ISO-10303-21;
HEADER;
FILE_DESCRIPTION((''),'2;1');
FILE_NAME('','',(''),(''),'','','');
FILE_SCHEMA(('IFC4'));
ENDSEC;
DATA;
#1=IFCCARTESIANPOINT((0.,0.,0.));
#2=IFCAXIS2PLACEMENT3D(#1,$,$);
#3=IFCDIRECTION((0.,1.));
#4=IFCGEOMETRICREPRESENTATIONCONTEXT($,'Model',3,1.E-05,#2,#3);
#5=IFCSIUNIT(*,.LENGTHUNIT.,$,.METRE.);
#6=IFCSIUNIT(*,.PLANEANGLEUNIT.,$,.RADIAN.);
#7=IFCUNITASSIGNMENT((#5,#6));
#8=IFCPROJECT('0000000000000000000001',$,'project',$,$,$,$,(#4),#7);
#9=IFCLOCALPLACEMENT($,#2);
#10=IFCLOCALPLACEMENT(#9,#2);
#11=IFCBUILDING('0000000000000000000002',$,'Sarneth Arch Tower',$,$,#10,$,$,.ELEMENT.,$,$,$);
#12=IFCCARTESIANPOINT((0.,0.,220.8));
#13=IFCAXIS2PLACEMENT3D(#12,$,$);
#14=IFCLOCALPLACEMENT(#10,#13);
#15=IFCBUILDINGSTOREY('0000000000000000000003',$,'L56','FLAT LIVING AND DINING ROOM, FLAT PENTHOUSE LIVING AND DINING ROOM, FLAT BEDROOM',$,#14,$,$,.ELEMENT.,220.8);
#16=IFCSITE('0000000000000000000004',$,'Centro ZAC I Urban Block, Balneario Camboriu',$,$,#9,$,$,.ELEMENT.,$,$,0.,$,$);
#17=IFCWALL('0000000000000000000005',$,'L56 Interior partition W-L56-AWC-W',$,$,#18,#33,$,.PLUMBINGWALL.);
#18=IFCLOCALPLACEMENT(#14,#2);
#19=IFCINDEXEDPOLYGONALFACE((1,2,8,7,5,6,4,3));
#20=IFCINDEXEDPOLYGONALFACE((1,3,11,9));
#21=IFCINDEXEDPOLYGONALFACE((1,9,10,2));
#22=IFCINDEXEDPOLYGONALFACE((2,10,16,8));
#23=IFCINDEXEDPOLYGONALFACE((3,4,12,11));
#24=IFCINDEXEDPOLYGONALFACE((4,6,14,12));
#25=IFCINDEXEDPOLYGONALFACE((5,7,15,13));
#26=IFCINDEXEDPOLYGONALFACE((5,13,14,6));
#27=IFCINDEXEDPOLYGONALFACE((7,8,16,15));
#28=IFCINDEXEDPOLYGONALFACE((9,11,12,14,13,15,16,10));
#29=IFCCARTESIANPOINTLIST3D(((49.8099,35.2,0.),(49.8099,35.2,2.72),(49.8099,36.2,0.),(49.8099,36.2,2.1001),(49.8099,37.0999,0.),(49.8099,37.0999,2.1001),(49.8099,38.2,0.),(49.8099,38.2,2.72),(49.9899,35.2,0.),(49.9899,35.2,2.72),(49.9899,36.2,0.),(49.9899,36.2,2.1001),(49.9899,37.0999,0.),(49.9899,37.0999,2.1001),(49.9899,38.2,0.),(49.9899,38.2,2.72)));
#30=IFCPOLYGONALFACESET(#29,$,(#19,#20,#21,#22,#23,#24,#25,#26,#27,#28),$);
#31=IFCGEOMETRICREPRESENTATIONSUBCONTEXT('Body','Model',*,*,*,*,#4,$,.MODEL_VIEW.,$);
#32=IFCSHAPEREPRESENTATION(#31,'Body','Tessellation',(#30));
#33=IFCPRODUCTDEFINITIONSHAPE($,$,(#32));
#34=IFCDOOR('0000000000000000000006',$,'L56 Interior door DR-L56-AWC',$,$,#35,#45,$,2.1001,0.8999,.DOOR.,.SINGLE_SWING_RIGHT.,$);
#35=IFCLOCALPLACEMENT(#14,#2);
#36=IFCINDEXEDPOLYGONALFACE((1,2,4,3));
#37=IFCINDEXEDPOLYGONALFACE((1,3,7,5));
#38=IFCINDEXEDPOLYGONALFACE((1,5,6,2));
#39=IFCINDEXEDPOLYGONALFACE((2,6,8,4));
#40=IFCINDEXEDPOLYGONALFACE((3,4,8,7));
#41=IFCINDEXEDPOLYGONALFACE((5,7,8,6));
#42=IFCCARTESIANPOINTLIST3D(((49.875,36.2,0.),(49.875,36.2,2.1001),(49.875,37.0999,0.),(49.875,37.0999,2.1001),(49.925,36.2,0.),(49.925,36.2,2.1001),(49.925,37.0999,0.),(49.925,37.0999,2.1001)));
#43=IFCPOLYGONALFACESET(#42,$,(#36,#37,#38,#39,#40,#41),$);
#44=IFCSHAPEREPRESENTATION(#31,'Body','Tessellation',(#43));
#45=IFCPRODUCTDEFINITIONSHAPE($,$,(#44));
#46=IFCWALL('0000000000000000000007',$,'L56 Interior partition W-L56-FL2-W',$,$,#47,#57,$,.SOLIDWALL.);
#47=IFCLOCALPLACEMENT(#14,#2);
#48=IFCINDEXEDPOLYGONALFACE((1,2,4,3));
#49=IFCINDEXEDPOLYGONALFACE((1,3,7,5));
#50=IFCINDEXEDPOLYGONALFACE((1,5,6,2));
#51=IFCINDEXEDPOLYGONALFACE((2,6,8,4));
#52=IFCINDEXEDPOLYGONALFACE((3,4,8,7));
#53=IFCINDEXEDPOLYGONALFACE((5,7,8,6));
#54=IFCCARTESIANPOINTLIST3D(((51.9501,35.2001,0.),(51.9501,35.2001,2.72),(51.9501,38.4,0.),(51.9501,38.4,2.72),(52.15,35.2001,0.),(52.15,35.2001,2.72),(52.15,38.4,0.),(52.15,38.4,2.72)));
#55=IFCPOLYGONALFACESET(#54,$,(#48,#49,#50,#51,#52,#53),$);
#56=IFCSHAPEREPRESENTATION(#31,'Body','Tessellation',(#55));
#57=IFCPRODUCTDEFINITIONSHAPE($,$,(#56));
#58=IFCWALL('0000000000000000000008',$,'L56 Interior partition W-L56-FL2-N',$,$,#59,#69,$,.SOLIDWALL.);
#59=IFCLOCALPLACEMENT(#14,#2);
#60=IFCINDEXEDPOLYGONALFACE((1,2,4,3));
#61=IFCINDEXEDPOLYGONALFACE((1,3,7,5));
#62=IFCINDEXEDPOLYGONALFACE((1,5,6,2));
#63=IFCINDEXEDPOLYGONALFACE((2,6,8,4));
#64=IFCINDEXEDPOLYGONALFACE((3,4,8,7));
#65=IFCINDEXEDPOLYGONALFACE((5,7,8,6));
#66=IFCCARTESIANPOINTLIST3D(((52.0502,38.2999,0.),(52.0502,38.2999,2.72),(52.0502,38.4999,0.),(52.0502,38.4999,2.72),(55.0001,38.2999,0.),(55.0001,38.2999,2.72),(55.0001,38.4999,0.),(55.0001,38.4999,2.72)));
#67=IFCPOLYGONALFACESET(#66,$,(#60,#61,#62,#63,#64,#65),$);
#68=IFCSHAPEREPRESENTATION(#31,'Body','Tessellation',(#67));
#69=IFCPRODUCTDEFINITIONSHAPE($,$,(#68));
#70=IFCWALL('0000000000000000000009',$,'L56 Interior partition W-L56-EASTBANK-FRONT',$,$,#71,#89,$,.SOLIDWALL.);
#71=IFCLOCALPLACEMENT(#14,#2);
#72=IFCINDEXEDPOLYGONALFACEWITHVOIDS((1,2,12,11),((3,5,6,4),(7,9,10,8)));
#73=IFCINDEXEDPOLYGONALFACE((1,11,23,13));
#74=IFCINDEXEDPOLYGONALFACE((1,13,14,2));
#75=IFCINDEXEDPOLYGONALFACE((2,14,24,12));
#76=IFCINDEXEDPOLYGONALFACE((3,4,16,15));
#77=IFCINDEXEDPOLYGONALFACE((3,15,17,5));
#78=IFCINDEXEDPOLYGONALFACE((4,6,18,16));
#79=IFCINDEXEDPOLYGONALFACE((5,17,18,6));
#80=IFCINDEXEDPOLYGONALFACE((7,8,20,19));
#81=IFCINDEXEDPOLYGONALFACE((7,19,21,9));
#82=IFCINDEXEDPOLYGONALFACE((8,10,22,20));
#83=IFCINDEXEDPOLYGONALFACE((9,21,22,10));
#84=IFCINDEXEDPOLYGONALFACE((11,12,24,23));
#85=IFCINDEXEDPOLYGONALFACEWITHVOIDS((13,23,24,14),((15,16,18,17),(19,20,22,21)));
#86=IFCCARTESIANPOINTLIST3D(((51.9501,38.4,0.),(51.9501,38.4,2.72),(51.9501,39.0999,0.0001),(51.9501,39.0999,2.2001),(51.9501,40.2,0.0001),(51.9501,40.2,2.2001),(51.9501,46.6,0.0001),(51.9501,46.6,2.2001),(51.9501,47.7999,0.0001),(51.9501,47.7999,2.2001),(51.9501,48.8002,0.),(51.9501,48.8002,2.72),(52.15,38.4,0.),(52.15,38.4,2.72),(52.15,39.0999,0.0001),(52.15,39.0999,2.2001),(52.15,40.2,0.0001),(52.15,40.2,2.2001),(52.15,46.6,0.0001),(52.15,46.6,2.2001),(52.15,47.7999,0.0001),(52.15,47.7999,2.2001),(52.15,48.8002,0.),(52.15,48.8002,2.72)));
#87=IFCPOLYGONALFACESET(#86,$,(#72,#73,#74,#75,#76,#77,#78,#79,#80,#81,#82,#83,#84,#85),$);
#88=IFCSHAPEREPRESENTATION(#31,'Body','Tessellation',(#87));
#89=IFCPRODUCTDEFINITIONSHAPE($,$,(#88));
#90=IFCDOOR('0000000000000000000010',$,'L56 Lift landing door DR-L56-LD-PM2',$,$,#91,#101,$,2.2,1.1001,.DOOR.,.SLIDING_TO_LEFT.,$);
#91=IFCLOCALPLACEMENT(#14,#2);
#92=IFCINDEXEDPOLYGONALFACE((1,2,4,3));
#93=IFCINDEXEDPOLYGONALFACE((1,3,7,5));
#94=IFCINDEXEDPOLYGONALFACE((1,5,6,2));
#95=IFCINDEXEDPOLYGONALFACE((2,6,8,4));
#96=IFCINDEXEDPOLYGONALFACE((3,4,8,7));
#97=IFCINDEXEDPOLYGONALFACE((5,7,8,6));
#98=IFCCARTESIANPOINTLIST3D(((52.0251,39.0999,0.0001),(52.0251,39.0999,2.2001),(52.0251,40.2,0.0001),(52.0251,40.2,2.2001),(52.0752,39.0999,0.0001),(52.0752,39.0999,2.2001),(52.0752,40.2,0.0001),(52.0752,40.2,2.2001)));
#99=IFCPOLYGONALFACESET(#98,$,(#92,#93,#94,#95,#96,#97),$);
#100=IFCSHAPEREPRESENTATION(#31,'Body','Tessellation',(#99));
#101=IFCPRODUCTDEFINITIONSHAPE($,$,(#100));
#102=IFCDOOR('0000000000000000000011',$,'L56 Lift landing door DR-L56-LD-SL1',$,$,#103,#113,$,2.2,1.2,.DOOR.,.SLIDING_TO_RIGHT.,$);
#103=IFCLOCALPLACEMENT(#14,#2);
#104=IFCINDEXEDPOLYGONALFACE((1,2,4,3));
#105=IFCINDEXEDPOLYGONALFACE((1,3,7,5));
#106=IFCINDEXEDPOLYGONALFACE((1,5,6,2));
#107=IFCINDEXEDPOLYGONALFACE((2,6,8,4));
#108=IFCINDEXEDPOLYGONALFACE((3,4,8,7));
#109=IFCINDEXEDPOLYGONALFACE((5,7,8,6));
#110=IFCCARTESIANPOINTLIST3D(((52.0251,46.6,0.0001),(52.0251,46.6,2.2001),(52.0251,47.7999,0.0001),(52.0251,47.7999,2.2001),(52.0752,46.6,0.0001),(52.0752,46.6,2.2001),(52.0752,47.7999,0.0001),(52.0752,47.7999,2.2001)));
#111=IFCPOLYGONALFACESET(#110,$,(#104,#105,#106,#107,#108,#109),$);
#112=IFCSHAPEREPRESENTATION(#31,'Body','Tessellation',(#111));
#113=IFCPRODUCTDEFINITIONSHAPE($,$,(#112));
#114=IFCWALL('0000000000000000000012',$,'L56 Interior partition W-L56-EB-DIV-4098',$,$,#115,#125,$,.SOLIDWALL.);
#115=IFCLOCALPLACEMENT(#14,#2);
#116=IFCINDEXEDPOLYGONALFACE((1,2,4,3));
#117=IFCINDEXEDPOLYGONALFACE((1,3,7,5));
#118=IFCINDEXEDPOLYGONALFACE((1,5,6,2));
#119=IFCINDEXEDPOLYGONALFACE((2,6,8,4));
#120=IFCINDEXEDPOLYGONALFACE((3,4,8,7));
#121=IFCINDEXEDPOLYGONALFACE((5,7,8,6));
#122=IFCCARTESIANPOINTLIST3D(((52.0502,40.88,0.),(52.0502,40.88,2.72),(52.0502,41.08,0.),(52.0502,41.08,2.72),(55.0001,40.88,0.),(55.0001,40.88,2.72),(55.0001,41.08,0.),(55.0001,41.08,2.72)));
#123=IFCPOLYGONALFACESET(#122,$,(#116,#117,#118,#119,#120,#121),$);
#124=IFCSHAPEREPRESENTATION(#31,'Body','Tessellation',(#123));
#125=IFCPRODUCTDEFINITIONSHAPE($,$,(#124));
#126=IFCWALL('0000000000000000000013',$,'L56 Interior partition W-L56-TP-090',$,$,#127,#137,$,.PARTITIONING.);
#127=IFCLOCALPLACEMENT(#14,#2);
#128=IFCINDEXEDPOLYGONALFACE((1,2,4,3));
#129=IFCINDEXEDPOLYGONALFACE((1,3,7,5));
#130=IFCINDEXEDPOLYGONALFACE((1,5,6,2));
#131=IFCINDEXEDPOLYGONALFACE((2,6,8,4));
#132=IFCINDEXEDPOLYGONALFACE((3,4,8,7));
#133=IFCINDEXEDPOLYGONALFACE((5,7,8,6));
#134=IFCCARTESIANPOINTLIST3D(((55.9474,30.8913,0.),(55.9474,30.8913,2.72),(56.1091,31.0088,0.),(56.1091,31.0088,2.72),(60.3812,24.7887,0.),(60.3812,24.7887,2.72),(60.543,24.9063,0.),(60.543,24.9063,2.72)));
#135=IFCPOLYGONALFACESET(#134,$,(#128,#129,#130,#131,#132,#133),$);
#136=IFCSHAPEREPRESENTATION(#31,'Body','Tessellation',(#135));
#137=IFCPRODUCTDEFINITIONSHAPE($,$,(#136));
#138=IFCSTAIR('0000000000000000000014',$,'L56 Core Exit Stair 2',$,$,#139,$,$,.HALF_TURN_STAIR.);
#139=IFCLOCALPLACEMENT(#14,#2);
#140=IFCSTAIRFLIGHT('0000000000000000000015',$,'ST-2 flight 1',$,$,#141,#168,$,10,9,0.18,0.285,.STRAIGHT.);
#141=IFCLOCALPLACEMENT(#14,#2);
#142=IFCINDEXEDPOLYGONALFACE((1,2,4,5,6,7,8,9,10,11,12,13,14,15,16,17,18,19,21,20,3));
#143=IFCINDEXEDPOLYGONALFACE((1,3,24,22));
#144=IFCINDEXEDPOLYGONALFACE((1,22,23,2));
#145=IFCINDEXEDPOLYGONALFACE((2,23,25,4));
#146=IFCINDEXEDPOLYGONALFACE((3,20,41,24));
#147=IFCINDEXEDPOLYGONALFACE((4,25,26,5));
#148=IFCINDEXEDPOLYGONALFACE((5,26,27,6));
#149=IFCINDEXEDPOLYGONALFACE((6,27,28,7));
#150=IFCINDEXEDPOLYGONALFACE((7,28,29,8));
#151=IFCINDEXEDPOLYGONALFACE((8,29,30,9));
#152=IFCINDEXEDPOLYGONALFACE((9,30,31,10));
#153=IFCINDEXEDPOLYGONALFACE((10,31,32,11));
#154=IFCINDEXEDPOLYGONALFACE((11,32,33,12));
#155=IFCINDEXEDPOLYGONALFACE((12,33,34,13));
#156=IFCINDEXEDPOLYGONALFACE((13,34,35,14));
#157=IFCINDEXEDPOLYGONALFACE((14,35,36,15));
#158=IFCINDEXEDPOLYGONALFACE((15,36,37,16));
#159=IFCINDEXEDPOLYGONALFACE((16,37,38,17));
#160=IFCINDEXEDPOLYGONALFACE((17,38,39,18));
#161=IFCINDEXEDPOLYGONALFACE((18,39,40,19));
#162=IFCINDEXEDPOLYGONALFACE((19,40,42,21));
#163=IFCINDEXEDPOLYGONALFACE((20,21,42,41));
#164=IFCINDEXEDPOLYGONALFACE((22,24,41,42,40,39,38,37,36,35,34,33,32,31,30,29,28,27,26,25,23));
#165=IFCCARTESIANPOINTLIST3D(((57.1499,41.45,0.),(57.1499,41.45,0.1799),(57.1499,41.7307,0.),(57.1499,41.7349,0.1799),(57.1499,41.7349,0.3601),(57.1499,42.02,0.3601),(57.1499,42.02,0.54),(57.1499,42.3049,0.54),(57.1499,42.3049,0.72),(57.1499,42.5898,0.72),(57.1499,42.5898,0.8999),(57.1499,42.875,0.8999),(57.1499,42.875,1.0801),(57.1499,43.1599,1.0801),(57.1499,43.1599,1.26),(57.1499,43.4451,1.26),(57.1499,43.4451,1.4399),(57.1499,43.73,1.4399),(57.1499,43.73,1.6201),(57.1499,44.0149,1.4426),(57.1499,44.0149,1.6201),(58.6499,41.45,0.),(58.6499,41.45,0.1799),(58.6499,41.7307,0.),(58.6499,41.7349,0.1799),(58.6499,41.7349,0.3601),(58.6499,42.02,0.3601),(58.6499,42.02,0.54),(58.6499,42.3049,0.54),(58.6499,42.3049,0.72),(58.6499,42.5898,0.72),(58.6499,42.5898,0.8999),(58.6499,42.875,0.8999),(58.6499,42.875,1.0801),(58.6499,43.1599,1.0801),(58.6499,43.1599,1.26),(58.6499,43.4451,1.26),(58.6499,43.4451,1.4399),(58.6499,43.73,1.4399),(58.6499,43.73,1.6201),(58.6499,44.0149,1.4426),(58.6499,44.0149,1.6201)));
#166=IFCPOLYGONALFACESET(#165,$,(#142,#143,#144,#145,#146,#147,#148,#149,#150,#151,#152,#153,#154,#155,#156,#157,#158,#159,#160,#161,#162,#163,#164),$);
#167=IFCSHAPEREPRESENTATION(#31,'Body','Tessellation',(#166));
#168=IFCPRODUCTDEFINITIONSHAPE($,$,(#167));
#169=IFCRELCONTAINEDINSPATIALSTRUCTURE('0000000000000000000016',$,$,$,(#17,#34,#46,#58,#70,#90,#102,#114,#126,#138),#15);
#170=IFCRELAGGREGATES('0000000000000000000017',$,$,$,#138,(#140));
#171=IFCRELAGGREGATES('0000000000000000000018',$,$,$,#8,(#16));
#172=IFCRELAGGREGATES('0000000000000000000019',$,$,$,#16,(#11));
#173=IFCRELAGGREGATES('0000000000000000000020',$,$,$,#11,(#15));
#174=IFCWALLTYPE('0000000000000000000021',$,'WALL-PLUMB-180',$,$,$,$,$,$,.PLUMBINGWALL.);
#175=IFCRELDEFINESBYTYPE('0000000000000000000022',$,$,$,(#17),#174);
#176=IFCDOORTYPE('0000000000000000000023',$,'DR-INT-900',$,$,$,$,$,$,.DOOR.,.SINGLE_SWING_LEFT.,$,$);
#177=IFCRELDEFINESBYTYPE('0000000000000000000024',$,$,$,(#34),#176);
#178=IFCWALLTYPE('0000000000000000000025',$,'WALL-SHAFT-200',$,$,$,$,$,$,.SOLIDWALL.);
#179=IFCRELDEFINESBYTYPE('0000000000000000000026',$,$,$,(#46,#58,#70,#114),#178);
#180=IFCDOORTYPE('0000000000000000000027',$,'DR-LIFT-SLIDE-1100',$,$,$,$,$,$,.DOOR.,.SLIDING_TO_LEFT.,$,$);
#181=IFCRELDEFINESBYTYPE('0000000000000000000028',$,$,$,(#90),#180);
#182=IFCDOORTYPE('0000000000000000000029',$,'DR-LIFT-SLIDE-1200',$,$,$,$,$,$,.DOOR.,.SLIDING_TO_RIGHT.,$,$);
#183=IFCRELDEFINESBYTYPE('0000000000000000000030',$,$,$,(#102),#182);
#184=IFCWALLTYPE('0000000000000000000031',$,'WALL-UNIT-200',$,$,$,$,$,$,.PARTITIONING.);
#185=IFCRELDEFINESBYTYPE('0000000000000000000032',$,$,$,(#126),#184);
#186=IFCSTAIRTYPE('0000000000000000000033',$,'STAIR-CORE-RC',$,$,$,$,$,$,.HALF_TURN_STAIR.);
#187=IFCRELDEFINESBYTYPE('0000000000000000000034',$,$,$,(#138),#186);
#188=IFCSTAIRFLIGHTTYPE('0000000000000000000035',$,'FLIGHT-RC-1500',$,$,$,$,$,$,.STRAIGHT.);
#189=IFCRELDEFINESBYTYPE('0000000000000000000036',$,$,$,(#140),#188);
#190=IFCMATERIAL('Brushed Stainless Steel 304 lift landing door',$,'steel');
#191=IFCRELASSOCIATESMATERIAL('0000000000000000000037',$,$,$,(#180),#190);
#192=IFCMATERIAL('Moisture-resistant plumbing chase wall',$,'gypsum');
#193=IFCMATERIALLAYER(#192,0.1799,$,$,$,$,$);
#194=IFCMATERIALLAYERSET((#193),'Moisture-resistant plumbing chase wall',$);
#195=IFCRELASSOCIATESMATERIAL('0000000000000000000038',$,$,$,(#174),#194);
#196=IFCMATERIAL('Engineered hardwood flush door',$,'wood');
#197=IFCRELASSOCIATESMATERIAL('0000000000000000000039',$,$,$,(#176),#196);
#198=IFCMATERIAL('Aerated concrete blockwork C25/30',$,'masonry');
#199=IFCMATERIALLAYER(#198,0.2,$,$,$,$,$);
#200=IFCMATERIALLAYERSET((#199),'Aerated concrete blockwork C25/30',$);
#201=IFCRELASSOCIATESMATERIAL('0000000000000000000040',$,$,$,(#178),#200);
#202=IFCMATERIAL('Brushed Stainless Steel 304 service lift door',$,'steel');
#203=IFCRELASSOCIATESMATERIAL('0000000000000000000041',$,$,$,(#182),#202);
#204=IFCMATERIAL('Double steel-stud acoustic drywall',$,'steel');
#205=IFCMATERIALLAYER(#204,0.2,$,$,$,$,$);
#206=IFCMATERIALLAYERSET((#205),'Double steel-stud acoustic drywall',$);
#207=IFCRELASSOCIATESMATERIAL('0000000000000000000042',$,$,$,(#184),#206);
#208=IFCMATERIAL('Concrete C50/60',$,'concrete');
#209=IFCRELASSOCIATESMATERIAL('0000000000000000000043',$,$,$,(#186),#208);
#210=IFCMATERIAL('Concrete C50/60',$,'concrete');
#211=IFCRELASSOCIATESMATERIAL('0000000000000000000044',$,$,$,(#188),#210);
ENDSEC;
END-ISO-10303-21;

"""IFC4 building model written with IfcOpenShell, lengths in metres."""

from ifc_helpers import new_model, si_unit, direction, frame, frame_2d, origin, place, context, subcontext, project, spatial, polyline, rectangle, outline, extrude, material, layer, layer_set, type_object, element, fill, aggregate, save


model = new_model("IFC4")

# Units and contexts
model_context = context("Model", 3, precision=1e-05, world=origin(), true_north=direction((0.0, 1.0)))
body_context = subcontext(model_context, "Body", "Model", "MODEL_VIEW")
ifc_project = project(units=[si_unit("LENGTHUNIT", "METRE"), si_unit("PLANEANGLEUNIT", "RADIAN")], contexts=[model_context])

# Site, building, storey
site_placement = place(None, origin())
site = spatial("IfcSite", under=ifc_project, at=site_placement, Name="Centro ZAC I Urban Block, Balneario Camboriu", CompositionType="ELEMENT", RefElevation=0.0)
building_placement = place(site_placement, origin())
building = spatial("IfcBuilding", under=site, at=building_placement, Name="Sarneth Arch Tower", CompositionType="ELEMENT")
storey_placement = place(building_placement, frame((0.0, 0.0, 220.8)))
storey = spatial("IfcBuildingStorey", under=building, at=storey_placement, Name="L56", Description="FLAT LIVING AND DINING ROOM, FLAT PENTHOUSE LIVING AND DINING ROOM, FLAT BEDROOM", CompositionType="ELEMENT", Elevation=220.8)

# Shared definitions
ifc_material_1 = material(Name="Brushed Stainless Steel 304 lift landing door", Category="steel")
door_type_1 = type_object("IfcDoorType", Name="DR-LIFT-SLIDE-1100", OperationType="SLIDING_TO_LEFT", PredefinedType="DOOR", material=ifc_material_1)

# Shared definitions
ifc_material_2 = material(Name="Moisture-resistant plumbing chase wall", Category="gypsum")
ifc_layer_1 = layer(ifc_material_2, 0.1799)
ifc_layer_set_1 = layer_set([ifc_layer_1], Name="Moisture-resistant plumbing chase wall")
wall_type_1 = type_object("IfcWallType", Name="WALL-PLUMB-180", PredefinedType="PLUMBINGWALL", material=ifc_layer_set_1)

# Wall, opening, door
wall_1_placement = place(storey_placement, frame((49.8999, 35.2, 0.0), z_axis=(0.0, 0.0, 1.0), x_axis=(0.0, 1.0, 0.0)))
wall_1 = element("IfcWall", 1, at=wall_1_placement, inside=storey, type_object=wall_type_1, Name="L56 Interior partition W-L56-AWC-W", PredefinedType="PLUMBINGWALL", context=body_context, shape_type="SweptSolid", body=[
    extrude(rectangle(XDim=3.0, YDim=0.1799, at=frame_2d((1.5, 0.0))), origin(), (0.0, 0.0, 1.0), 2.72),
])
opening_1_placement = place(wall_1_placement, frame((1.0, 0.0, 0.0)))
opening_1 = element("IfcOpeningElement", 2, at=opening_1_placement, cuts=wall_1, PredefinedType="OPENING", context=body_context, shape_type="SweptSolid", body=[
    extrude(rectangle(XDim=0.8999, YDim=2.1001, at=frame_2d((0.45, 1.05))), frame((0.0, 0.0999, 0.0), z_axis=(0.0, -1.0, 0.0), x_axis=(1.0, 0.0, 0.0)), (0.0, 0.0, 1.0), 0.2),
])
ifc_material_3 = material(Name="Engineered hardwood flush door", Category="wood")
door_type_2 = type_object("IfcDoorType", Name="DR-INT-900", OperationType="SINGLE_SWING_LEFT", PredefinedType="DOOR", material=ifc_material_3)
door_1_placement = place(opening_1_placement, origin())
door_1 = element("IfcDoor", 3, at=door_1_placement, inside=storey, type_object=door_type_2, Name="L56 Interior door DR-L56-AWC", OperationType="SINGLE_SWING_RIGHT", OverallHeight=2.1001, OverallWidth=0.8999, PredefinedType="DOOR", context=body_context, shape_type="SweptSolid", body=[
    extrude(rectangle(XDim=0.8999, YDim=2.1001, at=frame_2d((0.45, 1.05))), frame((0.0, 0.0249, 0.0), z_axis=(0.0, -1.0, 0.0), x_axis=(1.0, 0.0, 0.0)), (0.0, 0.0, 1.0), 0.05),
])
fill(opening_1, door_1)
ifc_material_4 = material(Name="Aerated concrete blockwork C25/30", Category="masonry")
ifc_layer_2 = layer(ifc_material_4, 0.2)
ifc_layer_set_2 = layer_set([ifc_layer_2], Name="Aerated concrete blockwork C25/30")
wall_type_2 = type_object("IfcWallType", Name="WALL-SHAFT-200", PredefinedType="SOLIDWALL", material=ifc_layer_set_2)

# Walls
wall_2_placement = place(storey_placement, frame((52.05, 35.2, 0.0), z_axis=(0.0, 0.0, 1.0), x_axis=(0.0, 1.0, 0.0)))
element("IfcWall", 4, at=wall_2_placement, inside=storey, type_object=wall_type_2, Name="L56 Interior partition W-L56-FL2-W", PredefinedType="SOLIDWALL", context=body_context, shape_type="SweptSolid", body=[
    extrude(rectangle(XDim=3.2, YDim=0.2, at=frame_2d((1.6001, 0.0))), origin(), (0.0, 0.0, 1.0), 2.72),
])
wall_3_placement = place(storey_placement, frame((52.05, 38.3999, 0.0), z_axis=(0.0, 0.0, 1.0), x_axis=(1.0, 0.0, 0.0)))
element("IfcWall", 5, at=wall_3_placement, inside=storey, type_object=wall_type_2, Name="L56 Interior partition W-L56-FL2-N", PredefinedType="SOLIDWALL", context=body_context, shape_type="SweptSolid", body=[
    extrude(rectangle(XDim=2.95, YDim=0.2, at=frame_2d((1.4751, 0.0))), origin(), (0.0, 0.0, 1.0), 2.72),
])

# Wall, openings, doors
wall_4_placement = place(storey_placement, frame((52.05, 38.3999, 0.0), z_axis=(0.0, 0.0, 1.0), x_axis=(0.0, 1.0, 0.0)))
wall_4 = element("IfcWall", 6, at=wall_4_placement, inside=storey, type_object=wall_type_2, Name="L56 Interior partition W-L56-EASTBANK-FRONT", PredefinedType="SOLIDWALL", context=body_context, shape_type="SweptSolid", body=[
    extrude(rectangle(XDim=10.4001, YDim=0.2, at=frame_2d((5.2002, 0.0))), origin(), (0.0, 0.0, 1.0), 2.72),
])
opening_2_placement = place(wall_4_placement, frame((0.7, 0.0, 0.0)))
opening_2 = element("IfcOpeningElement", 7, at=opening_2_placement, cuts=wall_4, PredefinedType="OPENING", context=body_context, shape_type="SweptSolid", body=[
    extrude(rectangle(XDim=1.1001, YDim=2.2, at=frame_2d((0.55, 1.1001))), frame((0.0, 0.1099, 0.0), z_axis=(0.0, -1.0, 0.0), x_axis=(1.0, 0.0, 0.0)), (0.0, 0.0, 1.0), 0.22),
])
opening_3_placement = place(wall_4_placement, frame((8.2, 0.0, 0.0)))
opening_3 = element("IfcOpeningElement", 8, at=opening_3_placement, cuts=wall_4, PredefinedType="OPENING", context=body_context, shape_type="SweptSolid", body=[
    extrude(rectangle(XDim=1.2, YDim=2.2, at=frame_2d((0.6001, 1.1001))), frame((0.0, 0.1099, 0.0), z_axis=(0.0, -1.0, 0.0), x_axis=(1.0, 0.0, 0.0)), (0.0, 0.0, 1.0), 0.22),
])
door_2_placement = place(opening_2_placement, origin())
door_2 = element("IfcDoor", 9, at=door_2_placement, inside=storey, type_object=door_type_1, Name="L56 Lift landing door DR-L56-LD-PM2", OperationType="SLIDING_TO_LEFT", OverallHeight=2.2, OverallWidth=1.1001, PredefinedType="DOOR", context=body_context, shape_type="SweptSolid", body=[
    extrude(rectangle(XDim=1.1001, YDim=2.2, at=frame_2d((0.55, 1.1001))), frame((0.0, 0.0249, 0.0), z_axis=(0.0, -1.0, 0.0), x_axis=(1.0, 0.0, 0.0)), (0.0, 0.0, 1.0), 0.05),
])
fill(opening_2, door_2)
ifc_material_5 = material(Name="Brushed Stainless Steel 304 service lift door", Category="steel")
door_type_3 = type_object("IfcDoorType", Name="DR-LIFT-SLIDE-1200", OperationType="SLIDING_TO_RIGHT", PredefinedType="DOOR", material=ifc_material_5)
door_3_placement = place(opening_3_placement, origin())
door_3 = element("IfcDoor", 10, at=door_3_placement, inside=storey, type_object=door_type_3, Name="L56 Lift landing door DR-L56-LD-SL1", OperationType="SLIDING_TO_RIGHT", OverallHeight=2.2, OverallWidth=1.2, PredefinedType="DOOR", context=body_context, shape_type="SweptSolid", body=[
    extrude(rectangle(XDim=1.2, YDim=2.2, at=frame_2d((0.6001, 1.1001))), frame((0.0, 0.0249, 0.0), z_axis=(0.0, -1.0, 0.0), x_axis=(1.0, 0.0, 0.0)), (0.0, 0.0, 1.0), 0.05),
])
fill(opening_3, door_3)

# Walls
wall_5_placement = place(storey_placement, frame((52.05, 40.98, 0.0), z_axis=(0.0, 0.0, 1.0), x_axis=(1.0, 0.0, 0.0)))
element("IfcWall", 11, at=wall_5_placement, inside=storey, type_object=wall_type_2, Name="L56 Interior partition W-L56-EB-DIV-4098", PredefinedType="SOLIDWALL", context=body_context, shape_type="SweptSolid", body=[
    extrude(rectangle(XDim=2.95, YDim=0.2, at=frame_2d((1.4751, 0.0))), origin(), (0.0, 0.0, 1.0), 2.72),
])
ifc_material_6 = material(Name="Double steel-stud acoustic drywall", Category="steel")
ifc_layer_3 = layer(ifc_material_6, 0.2)
ifc_layer_set_3 = layer_set([ifc_layer_3], Name="Double steel-stud acoustic drywall")
wall_type_3 = type_object("IfcWallType", Name="WALL-UNIT-200", PredefinedType="PARTITIONING", material=ifc_layer_set_3)
wall_6_placement = place(storey_placement, frame((56.0283, 30.95, 0.0), z_axis=(0.0, 0.0, 1.0), x_axis=(0.587793, -0.809012, 0.0)))
element("IfcWall", 12, at=wall_6_placement, inside=storey, type_object=wall_type_3, Name="L56 Interior partition W-L56-TP-090", PredefinedType="PARTITIONING", context=body_context, shape_type="SweptSolid", body=[
    extrude(rectangle(XDim=7.5432, YDim=0.2, at=frame_2d((3.7715, 0.0))), origin(), (0.0, 0.0, 1.0), 2.72),
])

# Stair, stair flight
ifc_material_7 = material(Name="Concrete C50/60", Category="concrete")
stair_type = type_object("IfcStairType", Name="STAIR-CORE-RC", PredefinedType="HALF_TURN_STAIR", material=ifc_material_7)
stair_placement = place(storey_placement, origin())
stair = element("IfcStair", 13, at=stair_placement, inside=storey, type_object=stair_type, Name="L56 Core Exit Stair 2", PredefinedType="HALF_TURN_STAIR")
ifc_material_8 = material(Name="Concrete C50/60", Category="concrete")
stair_flight_type = type_object("IfcStairFlightType", Name="FLIGHT-RC-1500", PredefinedType="STRAIGHT", material=ifc_material_8)
stair_flight_placement = place(storey_placement, frame((57.8999, 41.45, 0.0), z_axis=(0.0, 0.0, 1.0), x_axis=(0.0, 1.0, 0.0)))
stair_flight = element("IfcStairFlight", 14, at=stair_flight_placement, type_object=stair_flight_type, Name="ST-2 flight 1", NumberOfRisers=10, NumberOfTreads=9, PredefinedType="STRAIGHT", RiserHeight=0.18, TreadLength=0.285, context=body_context, shape_type="SweptSolid", body=[
    extrude(outline(polyline([(0.0, 0.0), (0.0, 0.1799), (0.2849, 0.1799), (0.2849, 0.3601), (0.5701, 0.3601), (0.5701, 0.54), (0.855, 0.54), (0.855, 0.72), (1.1399, 0.72), (1.1399, 0.8999), (1.425, 0.8999), (1.425, 1.0801), (1.71, 1.0801), (1.71, 1.26), (1.9951, 1.26), (1.9951, 1.4399), (2.28, 1.4399), (2.28, 1.6201), (2.5649, 1.6201), (2.5649, 1.8), (2.5649, 1.4426), (0.2808, 0.0), (0.0, 0.0)])), frame((0.0, 0.75, 0.0), z_axis=(0.0, -1.0, 0.0), x_axis=(1.0, 0.0, 0.0)), (0.0, 0.0, 1.0), 1.5),
])
aggregate(stair, [stair_flight])

save(model, "model.ifc")
